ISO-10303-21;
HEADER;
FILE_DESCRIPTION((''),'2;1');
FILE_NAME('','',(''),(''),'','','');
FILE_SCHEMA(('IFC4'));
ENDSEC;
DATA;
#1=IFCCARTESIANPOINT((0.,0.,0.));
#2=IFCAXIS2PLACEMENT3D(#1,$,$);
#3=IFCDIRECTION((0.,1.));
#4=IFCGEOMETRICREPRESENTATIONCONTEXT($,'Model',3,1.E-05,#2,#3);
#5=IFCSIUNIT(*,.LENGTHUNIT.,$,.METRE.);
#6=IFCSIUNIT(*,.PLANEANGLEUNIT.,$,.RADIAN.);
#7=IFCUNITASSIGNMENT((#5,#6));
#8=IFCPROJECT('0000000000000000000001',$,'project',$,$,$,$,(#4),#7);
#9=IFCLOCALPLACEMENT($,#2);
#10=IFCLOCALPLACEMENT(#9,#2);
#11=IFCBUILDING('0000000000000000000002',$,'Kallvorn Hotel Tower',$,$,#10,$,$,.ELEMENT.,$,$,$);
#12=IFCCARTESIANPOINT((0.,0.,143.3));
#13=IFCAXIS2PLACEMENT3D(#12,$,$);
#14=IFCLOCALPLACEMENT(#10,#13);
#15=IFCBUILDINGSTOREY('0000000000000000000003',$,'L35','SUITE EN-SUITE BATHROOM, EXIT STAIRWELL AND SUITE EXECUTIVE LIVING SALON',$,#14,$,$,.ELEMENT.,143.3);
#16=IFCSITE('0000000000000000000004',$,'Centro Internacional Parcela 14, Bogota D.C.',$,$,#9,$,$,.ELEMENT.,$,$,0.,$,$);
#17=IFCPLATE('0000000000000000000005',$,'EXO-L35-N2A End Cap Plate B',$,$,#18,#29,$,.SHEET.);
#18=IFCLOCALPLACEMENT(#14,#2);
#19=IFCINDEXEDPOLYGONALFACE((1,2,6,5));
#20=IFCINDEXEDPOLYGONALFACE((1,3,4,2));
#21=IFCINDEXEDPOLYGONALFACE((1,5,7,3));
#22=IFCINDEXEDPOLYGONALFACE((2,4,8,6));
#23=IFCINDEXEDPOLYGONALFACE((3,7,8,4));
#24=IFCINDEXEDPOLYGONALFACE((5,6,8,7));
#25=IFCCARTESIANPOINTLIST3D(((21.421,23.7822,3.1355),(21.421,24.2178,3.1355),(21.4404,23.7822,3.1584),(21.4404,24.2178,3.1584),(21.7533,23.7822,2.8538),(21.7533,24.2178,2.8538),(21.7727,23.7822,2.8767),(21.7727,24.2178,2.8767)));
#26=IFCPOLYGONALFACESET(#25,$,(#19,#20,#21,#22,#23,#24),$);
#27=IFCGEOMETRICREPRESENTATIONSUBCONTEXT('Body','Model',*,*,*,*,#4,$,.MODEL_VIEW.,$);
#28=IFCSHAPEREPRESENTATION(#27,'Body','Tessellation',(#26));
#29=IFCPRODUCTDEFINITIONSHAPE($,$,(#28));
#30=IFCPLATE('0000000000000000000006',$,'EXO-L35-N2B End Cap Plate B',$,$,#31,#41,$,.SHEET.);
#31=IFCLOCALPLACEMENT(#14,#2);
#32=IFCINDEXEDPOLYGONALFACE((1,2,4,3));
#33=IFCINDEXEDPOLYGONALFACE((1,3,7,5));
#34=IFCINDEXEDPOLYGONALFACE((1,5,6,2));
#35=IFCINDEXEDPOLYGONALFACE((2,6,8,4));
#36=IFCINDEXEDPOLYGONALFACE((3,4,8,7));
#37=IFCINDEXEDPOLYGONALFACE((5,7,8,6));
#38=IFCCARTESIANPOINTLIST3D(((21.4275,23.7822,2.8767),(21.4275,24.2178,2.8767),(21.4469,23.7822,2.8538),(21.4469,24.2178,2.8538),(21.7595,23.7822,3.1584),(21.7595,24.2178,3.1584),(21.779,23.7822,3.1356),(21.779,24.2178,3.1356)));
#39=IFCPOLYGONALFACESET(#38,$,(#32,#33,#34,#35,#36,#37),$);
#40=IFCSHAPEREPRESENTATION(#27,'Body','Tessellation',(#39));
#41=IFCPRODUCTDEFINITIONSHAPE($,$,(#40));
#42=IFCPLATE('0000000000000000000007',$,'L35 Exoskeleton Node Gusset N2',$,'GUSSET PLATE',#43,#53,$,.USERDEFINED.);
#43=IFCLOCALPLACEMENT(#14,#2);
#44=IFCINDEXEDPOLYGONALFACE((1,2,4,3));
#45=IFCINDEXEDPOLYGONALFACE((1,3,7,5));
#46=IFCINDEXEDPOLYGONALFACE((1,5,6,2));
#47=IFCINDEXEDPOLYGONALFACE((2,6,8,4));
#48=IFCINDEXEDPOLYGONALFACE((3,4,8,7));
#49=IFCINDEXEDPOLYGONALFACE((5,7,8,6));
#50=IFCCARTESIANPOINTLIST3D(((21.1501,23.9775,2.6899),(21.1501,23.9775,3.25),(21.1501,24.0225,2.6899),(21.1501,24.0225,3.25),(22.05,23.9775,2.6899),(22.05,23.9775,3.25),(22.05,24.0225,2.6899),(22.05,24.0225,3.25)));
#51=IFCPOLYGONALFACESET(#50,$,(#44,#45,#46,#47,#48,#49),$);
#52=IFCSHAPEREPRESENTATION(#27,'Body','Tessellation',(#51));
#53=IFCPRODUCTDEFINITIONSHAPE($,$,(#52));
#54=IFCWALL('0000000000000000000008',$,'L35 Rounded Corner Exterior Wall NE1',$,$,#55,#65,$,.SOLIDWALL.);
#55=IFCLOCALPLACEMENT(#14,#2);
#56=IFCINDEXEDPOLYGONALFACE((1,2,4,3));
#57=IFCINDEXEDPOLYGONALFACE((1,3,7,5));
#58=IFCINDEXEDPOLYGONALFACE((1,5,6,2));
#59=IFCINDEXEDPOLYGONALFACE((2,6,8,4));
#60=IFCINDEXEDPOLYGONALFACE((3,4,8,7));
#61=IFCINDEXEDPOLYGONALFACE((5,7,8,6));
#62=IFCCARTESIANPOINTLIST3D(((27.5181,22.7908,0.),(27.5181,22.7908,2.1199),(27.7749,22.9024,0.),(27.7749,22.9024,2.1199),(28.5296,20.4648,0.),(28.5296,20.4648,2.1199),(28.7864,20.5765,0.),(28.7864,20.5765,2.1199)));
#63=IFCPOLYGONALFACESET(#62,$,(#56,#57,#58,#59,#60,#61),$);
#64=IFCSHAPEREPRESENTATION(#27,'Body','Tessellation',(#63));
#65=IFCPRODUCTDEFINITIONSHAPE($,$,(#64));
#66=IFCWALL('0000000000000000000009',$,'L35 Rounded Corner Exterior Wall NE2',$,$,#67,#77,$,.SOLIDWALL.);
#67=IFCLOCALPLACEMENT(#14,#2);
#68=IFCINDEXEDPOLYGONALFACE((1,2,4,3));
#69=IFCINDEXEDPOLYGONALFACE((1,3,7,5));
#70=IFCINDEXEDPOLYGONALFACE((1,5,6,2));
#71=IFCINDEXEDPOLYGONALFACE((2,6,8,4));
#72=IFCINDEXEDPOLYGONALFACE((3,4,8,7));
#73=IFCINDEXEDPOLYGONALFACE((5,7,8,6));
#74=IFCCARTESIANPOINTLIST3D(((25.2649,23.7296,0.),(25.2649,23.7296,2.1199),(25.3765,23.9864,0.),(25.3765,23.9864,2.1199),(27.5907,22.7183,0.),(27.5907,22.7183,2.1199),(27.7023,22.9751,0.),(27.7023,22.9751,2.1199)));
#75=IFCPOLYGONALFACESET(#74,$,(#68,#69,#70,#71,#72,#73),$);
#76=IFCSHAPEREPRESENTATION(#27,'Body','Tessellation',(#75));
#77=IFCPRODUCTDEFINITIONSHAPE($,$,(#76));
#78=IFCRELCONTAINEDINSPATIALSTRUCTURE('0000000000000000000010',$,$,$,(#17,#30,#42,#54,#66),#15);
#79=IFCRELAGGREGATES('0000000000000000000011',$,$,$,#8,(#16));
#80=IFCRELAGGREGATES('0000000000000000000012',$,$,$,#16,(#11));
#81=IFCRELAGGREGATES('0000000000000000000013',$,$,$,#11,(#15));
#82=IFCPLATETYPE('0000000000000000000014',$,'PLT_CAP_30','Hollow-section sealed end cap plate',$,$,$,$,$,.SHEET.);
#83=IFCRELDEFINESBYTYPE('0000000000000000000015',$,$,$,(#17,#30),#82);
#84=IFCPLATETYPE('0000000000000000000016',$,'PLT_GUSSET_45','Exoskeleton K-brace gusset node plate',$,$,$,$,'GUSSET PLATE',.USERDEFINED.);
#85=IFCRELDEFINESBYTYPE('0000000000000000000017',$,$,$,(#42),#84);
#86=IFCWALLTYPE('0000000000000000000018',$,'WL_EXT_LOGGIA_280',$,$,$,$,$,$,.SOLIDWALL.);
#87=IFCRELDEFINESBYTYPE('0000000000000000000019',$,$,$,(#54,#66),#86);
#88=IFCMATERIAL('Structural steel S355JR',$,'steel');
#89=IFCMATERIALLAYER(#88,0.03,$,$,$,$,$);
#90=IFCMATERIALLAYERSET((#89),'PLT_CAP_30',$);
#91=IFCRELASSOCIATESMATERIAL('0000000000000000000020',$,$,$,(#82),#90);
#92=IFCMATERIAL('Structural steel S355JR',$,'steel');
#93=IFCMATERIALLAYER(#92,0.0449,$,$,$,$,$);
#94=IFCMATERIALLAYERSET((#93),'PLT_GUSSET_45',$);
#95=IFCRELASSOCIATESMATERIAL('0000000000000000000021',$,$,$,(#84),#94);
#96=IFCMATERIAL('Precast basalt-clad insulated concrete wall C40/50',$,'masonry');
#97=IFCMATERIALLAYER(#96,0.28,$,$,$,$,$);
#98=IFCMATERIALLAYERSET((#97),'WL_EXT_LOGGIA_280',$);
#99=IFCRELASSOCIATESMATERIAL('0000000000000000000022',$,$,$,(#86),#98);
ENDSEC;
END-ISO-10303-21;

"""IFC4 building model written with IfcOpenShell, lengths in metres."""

from ifc_helpers import new_model, si_unit, direction, frame, frame_2d, origin, origin_2d, place, context, subcontext, project, spatial, polyline, rectangle, outline, extrude, material, layer, layer_set, type_object, element, save


model = new_model("IFC4")

# Units and contexts
model_context = context("Model", 3, precision=1e-05, world=origin(), true_north=direction((0.0, 1.0)))
body_context = subcontext(model_context, "Body", "Model", "MODEL_VIEW")
ifc_project = project(units=[si_unit("LENGTHUNIT", "METRE"), si_unit("PLANEANGLEUNIT", "RADIAN")], contexts=[model_context])

# Site, building, storey
site_placement = place(None, origin())
site = spatial("IfcSite", under=ifc_project, at=site_placement, Name="Centro Internacional Parcela 14, Bogota D.C.", CompositionType="ELEMENT", RefElevation=0.0)
building_placement = place(site_placement, origin())
building = spatial("IfcBuilding", under=site, at=building_placement, Name="Kallvorn Hotel Tower", CompositionType="ELEMENT")
storey_placement = place(building_placement, frame((0.0, 0.0, 143.3)))
storey = spatial("IfcBuildingStorey", under=building, at=storey_placement, Name="L35", Description="SUITE EN-SUITE BATHROOM, EXIT STAIRWELL AND SUITE EXECUTIVE LIVING SALON", CompositionType="ELEMENT", Elevation=143.3)

# Plates
ifc_material_1 = material(Name="Structural steel S355JR", Category="steel")
ifc_layer_1 = layer(ifc_material_1, 0.03)
ifc_layer_set_1 = layer_set([ifc_layer_1], Name="PLT_CAP_30")
plate_type_1 = type_object("IfcPlateType", Name="PLT_CAP_30", Description="Hollow-section sealed end cap plate", PredefinedType="SHEET", material=ifc_layer_set_1)
plate_1_placement = place(storey_placement, frame((21.7727, 23.7822, 2.8767), z_axis=(0.646721, 0.0, 0.762727), x_axis=(0.0, 1.0, 0.0)))
element("IfcPlate", 1, at=plate_1_placement, inside=storey, type_object=plate_type_1, Name="EXO-L35-N2A End Cap Plate B", PredefinedType="SHEET", context=body_context, shape_type="SweptSolid", body=[
    extrude(outline(polyline([(0.0, 0.0), (0.4355, 0.0), (0.4355, 0.4356), (0.0, 0.4356), (0.0, 0.0)])), origin(), (0.0, 0.0, -1.0), 0.03),
])
plate_2_placement = place(storey_placement, frame((21.4275, 24.2178, 2.8767), z_axis=(-0.646997, 0.0, 0.762492), x_axis=(0.0, -1.0, 0.0)))
element("IfcPlate", 2, at=plate_2_placement, inside=storey, type_object=plate_type_1, Name="EXO-L35-N2B End Cap Plate B", PredefinedType="SHEET", context=body_context, shape_type="SweptSolid", body=[
    extrude(outline(polyline([(0.0, 0.0), (0.4355, 0.0), (0.4355, 0.4355), (0.0, 0.4355), (0.0, 0.0)])), origin(), (0.0, 0.0, -1.0), 0.03),
])
ifc_material_2 = material(Name="Structural steel S355JR", Category="steel")
ifc_layer_2 = layer(ifc_material_2, 0.0449)
ifc_layer_set_2 = layer_set([ifc_layer_2], Name="PLT_GUSSET_45")
plate_type_2 = type_object("IfcPlateType", Name="PLT_GUSSET_45", Description="Exoskeleton K-brace gusset node plate", ElementType="GUSSET PLATE", PredefinedType="USERDEFINED", material=ifc_layer_set_2)
plate_3_placement = place(storey_placement, frame((21.6001, 24.0, 2.6899), z_axis=(0.0, 0.0, 1.0), x_axis=(1.0, 0.0, 0.0)))
element("IfcPlate", 3, at=plate_3_placement, inside=storey, type_object=plate_type_2, Name="L35 Exoskeleton Node Gusset N2", ObjectType="GUSSET PLATE", PredefinedType="USERDEFINED", context=body_context, shape_type="SweptSolid", body=[
    extrude(rectangle(XDim=0.8999, YDim=0.0449, at=origin_2d()), origin(), (0.0, 0.0, 1.0), 0.5601),
])

# Walls
ifc_material_3 = material(Name="Precast basalt-clad insulated concrete wall C40/50", Category="masonry")
ifc_layer_3 = layer(ifc_material_3, 0.28)
ifc_layer_set_3 = layer_set([ifc_layer_3], Name="WL_EXT_LOGGIA_280")
wall_type = type_object("IfcWallType", Name="WL_EXT_LOGGIA_280", PredefinedType="SOLIDWALL", material=ifc_layer_set_3)
wall_1_placement = place(storey_placement, frame((28.658, 20.5208, 0.0), z_axis=(0.0, 0.0, 1.0), x_axis=(-0.398793, 0.917041, 0.0)))
element("IfcWall", 4, at=wall_1_placement, inside=storey, type_object=wall_type, Name="L35 Rounded Corner Exterior Wall NE1", PredefinedType="SOLIDWALL", context=body_context, shape_type="SweptSolid", body=[
    extrude(rectangle(XDim=2.5364, YDim=0.28, at=frame_2d((1.2681, 0.0))), origin(), (0.0, 0.0, 1.0), 2.1199),
])
wall_2_placement = place(storey_placement, frame((27.6465, 22.8467, 0.0), z_axis=(0.0, 0.0, 1.0), x_axis=(-0.917061, 0.398747, 0.0)))
element("IfcWall", 5, at=wall_2_placement, inside=storey, type_object=wall_type, Name="L35 Rounded Corner Exterior Wall NE2", PredefinedType="SOLIDWALL", context=body_context, shape_type="SweptSolid", body=[
    extrude(rectangle(XDim=2.5361, YDim=0.28, at=frame_2d((1.2681, 0.0))), origin(), (0.0, 0.0, 1.0), 2.1199),
])

save(model, "model.ifc")
